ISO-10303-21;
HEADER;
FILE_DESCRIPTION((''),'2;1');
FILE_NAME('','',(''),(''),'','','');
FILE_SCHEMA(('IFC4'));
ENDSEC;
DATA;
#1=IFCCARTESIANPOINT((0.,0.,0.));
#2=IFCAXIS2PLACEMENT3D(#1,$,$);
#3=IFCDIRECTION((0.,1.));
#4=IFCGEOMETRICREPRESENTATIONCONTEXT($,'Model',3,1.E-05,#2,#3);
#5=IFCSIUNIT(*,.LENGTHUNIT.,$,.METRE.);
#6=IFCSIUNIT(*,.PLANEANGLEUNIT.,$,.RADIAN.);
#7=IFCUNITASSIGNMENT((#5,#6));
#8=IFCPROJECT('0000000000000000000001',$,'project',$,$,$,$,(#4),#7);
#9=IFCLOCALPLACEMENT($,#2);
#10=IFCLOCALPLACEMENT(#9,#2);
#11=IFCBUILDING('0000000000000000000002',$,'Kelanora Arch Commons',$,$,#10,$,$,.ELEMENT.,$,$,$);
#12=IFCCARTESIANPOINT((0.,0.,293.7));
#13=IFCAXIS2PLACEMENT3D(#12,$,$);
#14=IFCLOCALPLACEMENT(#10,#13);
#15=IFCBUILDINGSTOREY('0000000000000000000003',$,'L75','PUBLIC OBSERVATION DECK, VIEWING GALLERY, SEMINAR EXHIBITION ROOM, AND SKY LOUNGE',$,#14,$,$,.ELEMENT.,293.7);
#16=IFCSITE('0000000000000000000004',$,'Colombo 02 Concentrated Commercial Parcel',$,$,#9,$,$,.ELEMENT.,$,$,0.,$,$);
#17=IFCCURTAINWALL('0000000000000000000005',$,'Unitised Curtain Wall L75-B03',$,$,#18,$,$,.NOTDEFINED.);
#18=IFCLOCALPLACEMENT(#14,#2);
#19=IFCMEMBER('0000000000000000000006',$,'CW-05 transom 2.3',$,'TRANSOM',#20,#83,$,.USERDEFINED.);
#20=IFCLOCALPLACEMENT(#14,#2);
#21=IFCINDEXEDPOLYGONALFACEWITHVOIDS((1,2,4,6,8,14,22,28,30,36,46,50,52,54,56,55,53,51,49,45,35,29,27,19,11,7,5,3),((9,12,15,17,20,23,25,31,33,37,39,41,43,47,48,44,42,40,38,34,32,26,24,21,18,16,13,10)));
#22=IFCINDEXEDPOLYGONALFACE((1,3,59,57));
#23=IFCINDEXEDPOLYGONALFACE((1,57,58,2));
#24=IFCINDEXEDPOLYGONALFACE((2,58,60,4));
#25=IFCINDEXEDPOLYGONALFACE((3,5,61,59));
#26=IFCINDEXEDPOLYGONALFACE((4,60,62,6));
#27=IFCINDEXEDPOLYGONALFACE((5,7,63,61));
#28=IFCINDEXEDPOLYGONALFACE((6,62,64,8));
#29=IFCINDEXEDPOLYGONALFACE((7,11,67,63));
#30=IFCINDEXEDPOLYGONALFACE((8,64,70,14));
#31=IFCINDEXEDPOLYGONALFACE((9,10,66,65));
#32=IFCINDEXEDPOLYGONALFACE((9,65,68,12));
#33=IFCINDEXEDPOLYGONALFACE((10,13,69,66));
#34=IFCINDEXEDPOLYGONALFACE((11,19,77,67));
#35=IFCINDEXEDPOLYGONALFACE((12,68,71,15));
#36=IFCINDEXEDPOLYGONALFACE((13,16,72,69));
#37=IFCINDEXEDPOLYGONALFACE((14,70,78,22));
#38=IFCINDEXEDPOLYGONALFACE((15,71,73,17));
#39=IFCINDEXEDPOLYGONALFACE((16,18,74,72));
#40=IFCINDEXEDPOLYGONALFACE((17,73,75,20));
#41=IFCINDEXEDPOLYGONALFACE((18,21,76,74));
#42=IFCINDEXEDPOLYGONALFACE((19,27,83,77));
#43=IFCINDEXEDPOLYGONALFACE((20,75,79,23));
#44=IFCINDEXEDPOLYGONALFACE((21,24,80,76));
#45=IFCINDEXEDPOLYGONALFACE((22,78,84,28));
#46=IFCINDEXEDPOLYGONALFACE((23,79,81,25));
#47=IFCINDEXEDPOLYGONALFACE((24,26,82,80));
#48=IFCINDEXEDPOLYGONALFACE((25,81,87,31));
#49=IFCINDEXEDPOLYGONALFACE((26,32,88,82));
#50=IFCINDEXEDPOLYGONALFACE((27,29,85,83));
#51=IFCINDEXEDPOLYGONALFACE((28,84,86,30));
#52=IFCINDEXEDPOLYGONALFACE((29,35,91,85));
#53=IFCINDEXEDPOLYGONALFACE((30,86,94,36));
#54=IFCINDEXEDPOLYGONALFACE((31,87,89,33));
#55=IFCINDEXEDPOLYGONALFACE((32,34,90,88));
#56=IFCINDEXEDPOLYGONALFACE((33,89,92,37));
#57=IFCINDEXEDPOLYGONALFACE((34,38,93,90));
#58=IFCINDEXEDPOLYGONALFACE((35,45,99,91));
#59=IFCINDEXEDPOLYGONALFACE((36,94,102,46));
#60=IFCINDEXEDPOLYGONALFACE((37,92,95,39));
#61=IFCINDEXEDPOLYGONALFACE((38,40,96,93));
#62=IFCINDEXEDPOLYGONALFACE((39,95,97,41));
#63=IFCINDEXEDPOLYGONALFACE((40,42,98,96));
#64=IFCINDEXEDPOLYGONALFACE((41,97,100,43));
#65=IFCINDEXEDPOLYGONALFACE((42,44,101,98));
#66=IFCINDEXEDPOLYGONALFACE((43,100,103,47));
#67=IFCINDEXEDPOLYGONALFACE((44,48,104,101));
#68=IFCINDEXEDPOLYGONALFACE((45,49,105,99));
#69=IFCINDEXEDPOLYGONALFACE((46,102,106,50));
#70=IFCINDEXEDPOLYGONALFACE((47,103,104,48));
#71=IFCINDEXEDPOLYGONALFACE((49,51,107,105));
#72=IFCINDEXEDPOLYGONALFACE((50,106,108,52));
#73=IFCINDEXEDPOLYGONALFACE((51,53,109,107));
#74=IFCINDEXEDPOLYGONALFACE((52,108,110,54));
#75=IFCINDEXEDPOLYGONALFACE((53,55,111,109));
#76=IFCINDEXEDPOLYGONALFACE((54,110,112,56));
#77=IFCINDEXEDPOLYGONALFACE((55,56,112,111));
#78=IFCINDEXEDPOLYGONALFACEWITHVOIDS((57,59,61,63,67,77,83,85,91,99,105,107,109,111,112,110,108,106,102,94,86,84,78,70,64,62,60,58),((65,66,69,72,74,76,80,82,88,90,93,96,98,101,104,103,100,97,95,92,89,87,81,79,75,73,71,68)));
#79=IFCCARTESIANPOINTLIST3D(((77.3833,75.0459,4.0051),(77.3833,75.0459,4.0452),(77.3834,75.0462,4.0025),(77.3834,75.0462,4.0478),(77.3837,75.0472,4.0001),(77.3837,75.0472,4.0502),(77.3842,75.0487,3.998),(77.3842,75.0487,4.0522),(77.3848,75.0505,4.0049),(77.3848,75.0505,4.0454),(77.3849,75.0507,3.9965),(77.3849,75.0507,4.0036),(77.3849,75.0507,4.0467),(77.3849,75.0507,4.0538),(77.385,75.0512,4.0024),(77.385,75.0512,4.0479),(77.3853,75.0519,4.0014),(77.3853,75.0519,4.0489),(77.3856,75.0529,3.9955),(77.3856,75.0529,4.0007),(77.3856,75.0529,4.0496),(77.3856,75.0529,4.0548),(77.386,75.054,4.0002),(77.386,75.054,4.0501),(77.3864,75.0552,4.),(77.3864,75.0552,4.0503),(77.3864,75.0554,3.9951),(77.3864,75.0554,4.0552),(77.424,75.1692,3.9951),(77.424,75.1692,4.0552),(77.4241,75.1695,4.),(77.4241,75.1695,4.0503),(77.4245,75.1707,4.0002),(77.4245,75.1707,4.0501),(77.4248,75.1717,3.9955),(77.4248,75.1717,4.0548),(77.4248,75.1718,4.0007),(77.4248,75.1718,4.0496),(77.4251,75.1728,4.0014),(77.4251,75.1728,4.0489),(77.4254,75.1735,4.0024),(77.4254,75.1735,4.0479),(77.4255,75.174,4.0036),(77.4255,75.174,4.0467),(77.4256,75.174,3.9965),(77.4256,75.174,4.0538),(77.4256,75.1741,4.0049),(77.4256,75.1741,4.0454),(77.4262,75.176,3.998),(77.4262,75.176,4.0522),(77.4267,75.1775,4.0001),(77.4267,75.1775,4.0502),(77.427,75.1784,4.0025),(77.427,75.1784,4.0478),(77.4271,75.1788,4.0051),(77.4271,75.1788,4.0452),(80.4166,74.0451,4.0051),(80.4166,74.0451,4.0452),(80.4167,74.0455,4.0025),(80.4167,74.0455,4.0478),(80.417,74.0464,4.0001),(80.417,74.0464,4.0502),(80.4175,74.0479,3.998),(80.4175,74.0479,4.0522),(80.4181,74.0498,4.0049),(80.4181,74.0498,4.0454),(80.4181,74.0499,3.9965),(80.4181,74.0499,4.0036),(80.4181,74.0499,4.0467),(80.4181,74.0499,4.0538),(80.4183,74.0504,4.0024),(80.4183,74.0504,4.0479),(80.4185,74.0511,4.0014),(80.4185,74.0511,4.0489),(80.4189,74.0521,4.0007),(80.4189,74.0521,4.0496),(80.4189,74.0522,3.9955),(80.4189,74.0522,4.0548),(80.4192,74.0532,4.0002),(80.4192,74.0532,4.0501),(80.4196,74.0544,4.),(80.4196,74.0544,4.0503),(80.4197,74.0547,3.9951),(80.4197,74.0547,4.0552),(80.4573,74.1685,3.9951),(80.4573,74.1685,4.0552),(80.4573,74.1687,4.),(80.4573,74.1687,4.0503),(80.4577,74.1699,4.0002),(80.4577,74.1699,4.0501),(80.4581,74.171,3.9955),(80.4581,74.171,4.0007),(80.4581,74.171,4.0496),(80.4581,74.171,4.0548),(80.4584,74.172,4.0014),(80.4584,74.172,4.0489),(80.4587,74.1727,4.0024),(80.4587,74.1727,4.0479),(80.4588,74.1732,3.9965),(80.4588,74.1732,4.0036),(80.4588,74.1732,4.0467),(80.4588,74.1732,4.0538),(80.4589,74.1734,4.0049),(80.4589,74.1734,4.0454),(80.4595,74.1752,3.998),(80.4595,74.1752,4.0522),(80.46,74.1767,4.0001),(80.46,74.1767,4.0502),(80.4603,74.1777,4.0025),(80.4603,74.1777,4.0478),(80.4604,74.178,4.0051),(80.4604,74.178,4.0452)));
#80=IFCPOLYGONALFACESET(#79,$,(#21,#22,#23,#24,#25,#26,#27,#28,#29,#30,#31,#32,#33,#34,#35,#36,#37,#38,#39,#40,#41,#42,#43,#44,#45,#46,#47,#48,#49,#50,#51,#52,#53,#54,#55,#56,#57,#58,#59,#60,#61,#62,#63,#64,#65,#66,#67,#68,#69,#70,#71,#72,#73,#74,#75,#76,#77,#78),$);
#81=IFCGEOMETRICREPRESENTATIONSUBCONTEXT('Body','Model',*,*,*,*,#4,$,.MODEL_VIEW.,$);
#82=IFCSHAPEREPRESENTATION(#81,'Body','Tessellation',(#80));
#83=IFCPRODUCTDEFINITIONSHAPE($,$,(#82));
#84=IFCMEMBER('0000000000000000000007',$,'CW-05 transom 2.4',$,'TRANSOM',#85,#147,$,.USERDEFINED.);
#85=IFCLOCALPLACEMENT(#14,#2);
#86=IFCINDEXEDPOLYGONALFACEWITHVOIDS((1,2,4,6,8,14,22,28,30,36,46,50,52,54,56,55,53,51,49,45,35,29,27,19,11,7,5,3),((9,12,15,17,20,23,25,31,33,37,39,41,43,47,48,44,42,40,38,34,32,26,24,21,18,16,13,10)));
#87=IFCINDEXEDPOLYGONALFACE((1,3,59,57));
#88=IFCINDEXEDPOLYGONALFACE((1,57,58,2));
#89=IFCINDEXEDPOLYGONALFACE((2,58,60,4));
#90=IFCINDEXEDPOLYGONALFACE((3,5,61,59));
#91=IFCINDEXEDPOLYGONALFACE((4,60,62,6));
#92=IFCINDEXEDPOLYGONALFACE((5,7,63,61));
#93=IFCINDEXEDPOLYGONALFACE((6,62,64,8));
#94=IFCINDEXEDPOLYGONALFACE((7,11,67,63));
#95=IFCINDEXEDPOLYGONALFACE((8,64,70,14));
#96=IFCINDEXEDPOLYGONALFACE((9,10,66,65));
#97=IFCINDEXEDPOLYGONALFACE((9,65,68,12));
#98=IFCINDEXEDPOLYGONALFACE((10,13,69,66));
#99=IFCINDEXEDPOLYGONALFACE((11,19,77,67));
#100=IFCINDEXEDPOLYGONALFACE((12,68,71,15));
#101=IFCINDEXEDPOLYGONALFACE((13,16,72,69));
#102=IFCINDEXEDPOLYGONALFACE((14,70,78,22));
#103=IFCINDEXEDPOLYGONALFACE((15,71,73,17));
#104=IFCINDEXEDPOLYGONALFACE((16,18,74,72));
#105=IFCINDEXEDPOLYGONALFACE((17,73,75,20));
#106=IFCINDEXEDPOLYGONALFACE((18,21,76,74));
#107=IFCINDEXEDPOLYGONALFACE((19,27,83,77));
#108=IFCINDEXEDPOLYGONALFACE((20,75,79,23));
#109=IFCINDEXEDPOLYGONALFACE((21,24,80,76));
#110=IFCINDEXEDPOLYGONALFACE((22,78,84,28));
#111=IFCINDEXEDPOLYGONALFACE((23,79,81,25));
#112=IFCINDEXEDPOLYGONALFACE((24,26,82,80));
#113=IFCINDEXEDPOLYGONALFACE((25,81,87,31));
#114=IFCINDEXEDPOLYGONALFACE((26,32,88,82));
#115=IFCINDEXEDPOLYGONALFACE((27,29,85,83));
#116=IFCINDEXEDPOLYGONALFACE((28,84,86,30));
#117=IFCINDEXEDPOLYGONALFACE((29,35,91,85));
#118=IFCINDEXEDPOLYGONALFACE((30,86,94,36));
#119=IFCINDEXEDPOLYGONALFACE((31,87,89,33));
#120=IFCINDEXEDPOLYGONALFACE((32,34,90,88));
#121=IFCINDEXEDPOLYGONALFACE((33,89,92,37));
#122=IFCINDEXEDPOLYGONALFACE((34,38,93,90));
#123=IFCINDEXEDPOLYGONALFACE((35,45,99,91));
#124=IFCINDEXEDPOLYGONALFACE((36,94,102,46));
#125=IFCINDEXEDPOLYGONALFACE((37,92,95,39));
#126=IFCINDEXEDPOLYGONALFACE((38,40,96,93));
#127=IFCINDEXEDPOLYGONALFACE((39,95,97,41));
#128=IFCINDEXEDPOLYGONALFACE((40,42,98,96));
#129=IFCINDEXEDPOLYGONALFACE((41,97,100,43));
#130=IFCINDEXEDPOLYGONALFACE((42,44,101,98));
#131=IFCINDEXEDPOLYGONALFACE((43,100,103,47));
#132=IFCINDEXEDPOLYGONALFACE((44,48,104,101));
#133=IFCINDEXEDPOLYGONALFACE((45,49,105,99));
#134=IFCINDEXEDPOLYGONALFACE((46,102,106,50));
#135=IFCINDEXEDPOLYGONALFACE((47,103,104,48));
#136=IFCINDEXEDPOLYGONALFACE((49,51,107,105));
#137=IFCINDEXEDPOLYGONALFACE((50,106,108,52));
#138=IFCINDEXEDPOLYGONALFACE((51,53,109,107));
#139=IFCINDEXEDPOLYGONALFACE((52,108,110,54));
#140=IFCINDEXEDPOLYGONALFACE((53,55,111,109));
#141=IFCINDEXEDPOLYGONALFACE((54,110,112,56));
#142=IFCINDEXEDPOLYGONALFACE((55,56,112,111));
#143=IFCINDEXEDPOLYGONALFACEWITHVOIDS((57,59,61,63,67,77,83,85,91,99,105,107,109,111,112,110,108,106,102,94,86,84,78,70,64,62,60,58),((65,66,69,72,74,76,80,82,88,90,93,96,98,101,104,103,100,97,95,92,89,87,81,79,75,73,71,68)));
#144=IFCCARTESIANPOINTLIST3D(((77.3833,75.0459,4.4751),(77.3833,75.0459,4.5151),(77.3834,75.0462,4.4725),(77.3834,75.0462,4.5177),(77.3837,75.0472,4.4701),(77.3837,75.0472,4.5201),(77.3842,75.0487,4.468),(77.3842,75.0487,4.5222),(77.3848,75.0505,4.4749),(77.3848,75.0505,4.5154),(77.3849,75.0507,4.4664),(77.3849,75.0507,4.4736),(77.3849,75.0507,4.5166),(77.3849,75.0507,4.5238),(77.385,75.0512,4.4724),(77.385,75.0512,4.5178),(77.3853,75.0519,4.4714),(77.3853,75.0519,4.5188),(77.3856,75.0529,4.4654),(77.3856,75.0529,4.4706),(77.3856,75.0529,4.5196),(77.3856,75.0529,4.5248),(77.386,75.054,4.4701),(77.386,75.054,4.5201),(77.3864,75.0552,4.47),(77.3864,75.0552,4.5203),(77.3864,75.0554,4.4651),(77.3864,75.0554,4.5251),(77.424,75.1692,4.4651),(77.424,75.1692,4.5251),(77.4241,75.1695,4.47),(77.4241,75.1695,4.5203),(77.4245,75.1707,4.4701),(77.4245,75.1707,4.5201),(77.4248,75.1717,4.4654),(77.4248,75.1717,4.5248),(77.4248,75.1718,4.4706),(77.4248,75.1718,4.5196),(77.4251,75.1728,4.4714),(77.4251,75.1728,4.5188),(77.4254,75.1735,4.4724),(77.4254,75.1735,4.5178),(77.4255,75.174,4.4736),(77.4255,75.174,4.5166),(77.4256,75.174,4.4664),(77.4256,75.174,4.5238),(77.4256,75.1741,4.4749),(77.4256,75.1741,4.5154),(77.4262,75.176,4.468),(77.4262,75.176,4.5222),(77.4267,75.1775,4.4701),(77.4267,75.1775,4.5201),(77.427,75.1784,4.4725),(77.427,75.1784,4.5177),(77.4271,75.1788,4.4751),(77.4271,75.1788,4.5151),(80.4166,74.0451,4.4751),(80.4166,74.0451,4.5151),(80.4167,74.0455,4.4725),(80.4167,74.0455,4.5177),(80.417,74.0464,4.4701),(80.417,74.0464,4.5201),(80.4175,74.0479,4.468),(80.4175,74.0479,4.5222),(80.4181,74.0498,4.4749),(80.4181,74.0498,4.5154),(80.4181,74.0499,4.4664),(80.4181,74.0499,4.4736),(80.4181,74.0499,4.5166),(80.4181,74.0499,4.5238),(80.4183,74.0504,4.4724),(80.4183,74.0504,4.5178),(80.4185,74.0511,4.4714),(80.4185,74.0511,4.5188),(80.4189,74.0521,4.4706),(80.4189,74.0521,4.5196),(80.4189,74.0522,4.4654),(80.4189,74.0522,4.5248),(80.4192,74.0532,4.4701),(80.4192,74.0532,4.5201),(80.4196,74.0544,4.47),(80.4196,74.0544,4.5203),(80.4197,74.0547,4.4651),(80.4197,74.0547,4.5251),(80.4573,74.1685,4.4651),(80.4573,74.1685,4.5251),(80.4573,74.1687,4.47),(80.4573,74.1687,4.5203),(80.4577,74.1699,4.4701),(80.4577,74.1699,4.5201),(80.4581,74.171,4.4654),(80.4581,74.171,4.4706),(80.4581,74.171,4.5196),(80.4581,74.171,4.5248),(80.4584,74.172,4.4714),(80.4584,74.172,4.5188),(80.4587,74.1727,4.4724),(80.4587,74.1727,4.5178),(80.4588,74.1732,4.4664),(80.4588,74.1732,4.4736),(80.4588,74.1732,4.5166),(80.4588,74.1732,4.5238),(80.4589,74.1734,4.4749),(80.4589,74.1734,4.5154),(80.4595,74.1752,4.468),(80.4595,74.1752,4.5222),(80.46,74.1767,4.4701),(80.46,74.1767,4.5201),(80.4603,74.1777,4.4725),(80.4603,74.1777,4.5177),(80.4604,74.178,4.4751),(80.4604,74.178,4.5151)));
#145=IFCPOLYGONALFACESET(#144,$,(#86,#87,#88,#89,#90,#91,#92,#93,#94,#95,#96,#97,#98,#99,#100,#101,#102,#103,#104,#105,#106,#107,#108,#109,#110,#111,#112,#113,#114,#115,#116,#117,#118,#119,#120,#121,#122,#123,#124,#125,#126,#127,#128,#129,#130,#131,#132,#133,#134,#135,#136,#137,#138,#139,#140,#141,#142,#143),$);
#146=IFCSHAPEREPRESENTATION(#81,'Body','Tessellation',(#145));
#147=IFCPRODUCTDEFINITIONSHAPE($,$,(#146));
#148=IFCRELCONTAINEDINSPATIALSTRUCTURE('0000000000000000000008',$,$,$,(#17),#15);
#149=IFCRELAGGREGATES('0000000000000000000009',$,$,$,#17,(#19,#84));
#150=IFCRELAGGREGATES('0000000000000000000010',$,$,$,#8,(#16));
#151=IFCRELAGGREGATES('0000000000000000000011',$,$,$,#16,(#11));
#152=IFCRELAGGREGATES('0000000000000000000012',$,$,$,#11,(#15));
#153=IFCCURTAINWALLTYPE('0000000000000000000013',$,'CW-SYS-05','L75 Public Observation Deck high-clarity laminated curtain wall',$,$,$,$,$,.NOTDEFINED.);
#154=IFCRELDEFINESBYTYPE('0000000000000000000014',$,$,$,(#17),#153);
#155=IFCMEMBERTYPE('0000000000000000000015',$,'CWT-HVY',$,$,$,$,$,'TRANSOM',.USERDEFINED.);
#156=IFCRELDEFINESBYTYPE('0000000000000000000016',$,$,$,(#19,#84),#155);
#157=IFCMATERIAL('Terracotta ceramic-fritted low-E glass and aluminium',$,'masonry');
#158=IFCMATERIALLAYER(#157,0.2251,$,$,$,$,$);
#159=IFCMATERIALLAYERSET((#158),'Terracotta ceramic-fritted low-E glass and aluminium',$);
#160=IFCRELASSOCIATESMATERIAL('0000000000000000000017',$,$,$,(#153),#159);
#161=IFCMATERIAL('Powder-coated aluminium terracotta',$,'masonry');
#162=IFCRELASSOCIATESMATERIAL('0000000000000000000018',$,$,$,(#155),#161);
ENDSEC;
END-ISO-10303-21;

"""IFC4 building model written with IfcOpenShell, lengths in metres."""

from ifc_helpers import new_model, si_unit, direction, frame, origin, origin_2d, place, context, subcontext, project, spatial, hollow_rectangle, extrude, material, layer, layer_set, material_profile, profile_set, type_object, element, aggregate, save


model = new_model("IFC4")

# Units and contexts
model_context = context("Model", 3, precision=1e-05, world=origin(), true_north=direction((0.0, 1.0)))
body_context = subcontext(model_context, "Body", "Model", "MODEL_VIEW")
ifc_project = project(units=[si_unit("LENGTHUNIT", "METRE"), si_unit("PLANEANGLEUNIT", "RADIAN")], contexts=[model_context])

# Site, building, storey
site_placement = place(None, origin())
site = spatial("IfcSite", under=ifc_project, at=site_placement, Name="Colombo 02 Concentrated Commercial Parcel", CompositionType="ELEMENT", RefElevation=0.0)
building_placement = place(site_placement, origin())
building = spatial("IfcBuilding", under=site, at=building_placement, Name="Kelanora Arch Commons", CompositionType="ELEMENT")
storey_placement = place(building_placement, frame((0.0, 0.0, 293.7)))
storey = spatial("IfcBuildingStorey", under=building, at=storey_placement, Name="L75", Description="PUBLIC OBSERVATION DECK, VIEWING GALLERY, SEMINAR EXHIBITION ROOM, AND SKY LOUNGE", CompositionType="ELEMENT", Elevation=293.7)

# Curtain wall
ifc_material_1 = material(Name="Terracotta ceramic-fritted low-E glass and aluminium", Category="masonry")
ifc_layer_1 = layer(ifc_material_1, 0.2251)
ifc_layer_set_1 = layer_set([ifc_layer_1], Name="Terracotta ceramic-fritted low-E glass and aluminium")
curtain_wall_type = type_object("IfcCurtainWallType", Name="CW-SYS-05", Description="L75 Public Observation Deck high-clarity laminated curtain wall", PredefinedType="NOTDEFINED", material=ifc_layer_set_1)
curtain_wall_1_placement = place(storey_placement, origin())
curtain_wall_1 = element("IfcCurtainWall", 1, at=curtain_wall_1_placement, inside=storey, type_object=curtain_wall_type, Name="Unitised Curtain Wall L75-B03", PredefinedType="NOTDEFINED")
ifc_material_2 = material(Name="Powder-coated aluminium terracotta", Category="masonry")

# Members
ifc_material_profile_1 = material_profile(ifc_material_2, hollow_rectangle(XDim=0.1399, YDim=0.0601, WallThickness=0.0049, InnerFilletRadius=0.0049, OuterFilletRadius=0.01, at=origin_2d()), Name="CWT140x60")
ifc_profile_set_1 = profile_set([ifc_material_profile_1], Name="Powder-coated aluminium terracotta")
member_type_1 = type_object("IfcMemberType", Name="CWT-HVY", ElementType="TRANSOM", PredefinedType="USERDEFINED", material=ifc_profile_set_1)
member_1_placement = place(storey_placement, frame((80.4385, 74.1116, 4.0251), z_axis=(-0.94965, 0.313314, 0.0), x_axis=(-0.313314, -0.94965, 0.0)))
member_1 = element("IfcMember", 2, at=member_1_placement, type_object=member_type_1, Name="CW-05 transom 2.3", ObjectType="TRANSOM", PredefinedType="USERDEFINED", context=body_context, shape_type="SweptSolid", body=[
    extrude(hollow_rectangle(XDim=0.1399, YDim=0.0601, WallThickness=0.0049, InnerFilletRadius=0.0049, OuterFilletRadius=0.01, at=origin_2d()), origin(), (0.0, 0.0, 1.0), 3.1941),
])
member_2_placement = place(storey_placement, frame((80.4385, 74.1116, 4.4951), z_axis=(-0.94965, 0.313314, 0.0), x_axis=(-0.313314, -0.94965, 0.0)))
member_2 = element("IfcMember", 3, at=member_2_placement, type_object=member_type_1, Name="CW-05 transom 2.4", ObjectType="TRANSOM", PredefinedType="USERDEFINED", context=body_context, shape_type="SweptSolid", body=[
    extrude(hollow_rectangle(XDim=0.1399, YDim=0.0601, WallThickness=0.0049, InnerFilletRadius=0.0049, OuterFilletRadius=0.01, at=origin_2d()), origin(), (0.0, 0.0, 1.0), 3.1941),
])

aggregate(curtain_wall_1, [member_1, member_2])

save(model, "model.ifc")
